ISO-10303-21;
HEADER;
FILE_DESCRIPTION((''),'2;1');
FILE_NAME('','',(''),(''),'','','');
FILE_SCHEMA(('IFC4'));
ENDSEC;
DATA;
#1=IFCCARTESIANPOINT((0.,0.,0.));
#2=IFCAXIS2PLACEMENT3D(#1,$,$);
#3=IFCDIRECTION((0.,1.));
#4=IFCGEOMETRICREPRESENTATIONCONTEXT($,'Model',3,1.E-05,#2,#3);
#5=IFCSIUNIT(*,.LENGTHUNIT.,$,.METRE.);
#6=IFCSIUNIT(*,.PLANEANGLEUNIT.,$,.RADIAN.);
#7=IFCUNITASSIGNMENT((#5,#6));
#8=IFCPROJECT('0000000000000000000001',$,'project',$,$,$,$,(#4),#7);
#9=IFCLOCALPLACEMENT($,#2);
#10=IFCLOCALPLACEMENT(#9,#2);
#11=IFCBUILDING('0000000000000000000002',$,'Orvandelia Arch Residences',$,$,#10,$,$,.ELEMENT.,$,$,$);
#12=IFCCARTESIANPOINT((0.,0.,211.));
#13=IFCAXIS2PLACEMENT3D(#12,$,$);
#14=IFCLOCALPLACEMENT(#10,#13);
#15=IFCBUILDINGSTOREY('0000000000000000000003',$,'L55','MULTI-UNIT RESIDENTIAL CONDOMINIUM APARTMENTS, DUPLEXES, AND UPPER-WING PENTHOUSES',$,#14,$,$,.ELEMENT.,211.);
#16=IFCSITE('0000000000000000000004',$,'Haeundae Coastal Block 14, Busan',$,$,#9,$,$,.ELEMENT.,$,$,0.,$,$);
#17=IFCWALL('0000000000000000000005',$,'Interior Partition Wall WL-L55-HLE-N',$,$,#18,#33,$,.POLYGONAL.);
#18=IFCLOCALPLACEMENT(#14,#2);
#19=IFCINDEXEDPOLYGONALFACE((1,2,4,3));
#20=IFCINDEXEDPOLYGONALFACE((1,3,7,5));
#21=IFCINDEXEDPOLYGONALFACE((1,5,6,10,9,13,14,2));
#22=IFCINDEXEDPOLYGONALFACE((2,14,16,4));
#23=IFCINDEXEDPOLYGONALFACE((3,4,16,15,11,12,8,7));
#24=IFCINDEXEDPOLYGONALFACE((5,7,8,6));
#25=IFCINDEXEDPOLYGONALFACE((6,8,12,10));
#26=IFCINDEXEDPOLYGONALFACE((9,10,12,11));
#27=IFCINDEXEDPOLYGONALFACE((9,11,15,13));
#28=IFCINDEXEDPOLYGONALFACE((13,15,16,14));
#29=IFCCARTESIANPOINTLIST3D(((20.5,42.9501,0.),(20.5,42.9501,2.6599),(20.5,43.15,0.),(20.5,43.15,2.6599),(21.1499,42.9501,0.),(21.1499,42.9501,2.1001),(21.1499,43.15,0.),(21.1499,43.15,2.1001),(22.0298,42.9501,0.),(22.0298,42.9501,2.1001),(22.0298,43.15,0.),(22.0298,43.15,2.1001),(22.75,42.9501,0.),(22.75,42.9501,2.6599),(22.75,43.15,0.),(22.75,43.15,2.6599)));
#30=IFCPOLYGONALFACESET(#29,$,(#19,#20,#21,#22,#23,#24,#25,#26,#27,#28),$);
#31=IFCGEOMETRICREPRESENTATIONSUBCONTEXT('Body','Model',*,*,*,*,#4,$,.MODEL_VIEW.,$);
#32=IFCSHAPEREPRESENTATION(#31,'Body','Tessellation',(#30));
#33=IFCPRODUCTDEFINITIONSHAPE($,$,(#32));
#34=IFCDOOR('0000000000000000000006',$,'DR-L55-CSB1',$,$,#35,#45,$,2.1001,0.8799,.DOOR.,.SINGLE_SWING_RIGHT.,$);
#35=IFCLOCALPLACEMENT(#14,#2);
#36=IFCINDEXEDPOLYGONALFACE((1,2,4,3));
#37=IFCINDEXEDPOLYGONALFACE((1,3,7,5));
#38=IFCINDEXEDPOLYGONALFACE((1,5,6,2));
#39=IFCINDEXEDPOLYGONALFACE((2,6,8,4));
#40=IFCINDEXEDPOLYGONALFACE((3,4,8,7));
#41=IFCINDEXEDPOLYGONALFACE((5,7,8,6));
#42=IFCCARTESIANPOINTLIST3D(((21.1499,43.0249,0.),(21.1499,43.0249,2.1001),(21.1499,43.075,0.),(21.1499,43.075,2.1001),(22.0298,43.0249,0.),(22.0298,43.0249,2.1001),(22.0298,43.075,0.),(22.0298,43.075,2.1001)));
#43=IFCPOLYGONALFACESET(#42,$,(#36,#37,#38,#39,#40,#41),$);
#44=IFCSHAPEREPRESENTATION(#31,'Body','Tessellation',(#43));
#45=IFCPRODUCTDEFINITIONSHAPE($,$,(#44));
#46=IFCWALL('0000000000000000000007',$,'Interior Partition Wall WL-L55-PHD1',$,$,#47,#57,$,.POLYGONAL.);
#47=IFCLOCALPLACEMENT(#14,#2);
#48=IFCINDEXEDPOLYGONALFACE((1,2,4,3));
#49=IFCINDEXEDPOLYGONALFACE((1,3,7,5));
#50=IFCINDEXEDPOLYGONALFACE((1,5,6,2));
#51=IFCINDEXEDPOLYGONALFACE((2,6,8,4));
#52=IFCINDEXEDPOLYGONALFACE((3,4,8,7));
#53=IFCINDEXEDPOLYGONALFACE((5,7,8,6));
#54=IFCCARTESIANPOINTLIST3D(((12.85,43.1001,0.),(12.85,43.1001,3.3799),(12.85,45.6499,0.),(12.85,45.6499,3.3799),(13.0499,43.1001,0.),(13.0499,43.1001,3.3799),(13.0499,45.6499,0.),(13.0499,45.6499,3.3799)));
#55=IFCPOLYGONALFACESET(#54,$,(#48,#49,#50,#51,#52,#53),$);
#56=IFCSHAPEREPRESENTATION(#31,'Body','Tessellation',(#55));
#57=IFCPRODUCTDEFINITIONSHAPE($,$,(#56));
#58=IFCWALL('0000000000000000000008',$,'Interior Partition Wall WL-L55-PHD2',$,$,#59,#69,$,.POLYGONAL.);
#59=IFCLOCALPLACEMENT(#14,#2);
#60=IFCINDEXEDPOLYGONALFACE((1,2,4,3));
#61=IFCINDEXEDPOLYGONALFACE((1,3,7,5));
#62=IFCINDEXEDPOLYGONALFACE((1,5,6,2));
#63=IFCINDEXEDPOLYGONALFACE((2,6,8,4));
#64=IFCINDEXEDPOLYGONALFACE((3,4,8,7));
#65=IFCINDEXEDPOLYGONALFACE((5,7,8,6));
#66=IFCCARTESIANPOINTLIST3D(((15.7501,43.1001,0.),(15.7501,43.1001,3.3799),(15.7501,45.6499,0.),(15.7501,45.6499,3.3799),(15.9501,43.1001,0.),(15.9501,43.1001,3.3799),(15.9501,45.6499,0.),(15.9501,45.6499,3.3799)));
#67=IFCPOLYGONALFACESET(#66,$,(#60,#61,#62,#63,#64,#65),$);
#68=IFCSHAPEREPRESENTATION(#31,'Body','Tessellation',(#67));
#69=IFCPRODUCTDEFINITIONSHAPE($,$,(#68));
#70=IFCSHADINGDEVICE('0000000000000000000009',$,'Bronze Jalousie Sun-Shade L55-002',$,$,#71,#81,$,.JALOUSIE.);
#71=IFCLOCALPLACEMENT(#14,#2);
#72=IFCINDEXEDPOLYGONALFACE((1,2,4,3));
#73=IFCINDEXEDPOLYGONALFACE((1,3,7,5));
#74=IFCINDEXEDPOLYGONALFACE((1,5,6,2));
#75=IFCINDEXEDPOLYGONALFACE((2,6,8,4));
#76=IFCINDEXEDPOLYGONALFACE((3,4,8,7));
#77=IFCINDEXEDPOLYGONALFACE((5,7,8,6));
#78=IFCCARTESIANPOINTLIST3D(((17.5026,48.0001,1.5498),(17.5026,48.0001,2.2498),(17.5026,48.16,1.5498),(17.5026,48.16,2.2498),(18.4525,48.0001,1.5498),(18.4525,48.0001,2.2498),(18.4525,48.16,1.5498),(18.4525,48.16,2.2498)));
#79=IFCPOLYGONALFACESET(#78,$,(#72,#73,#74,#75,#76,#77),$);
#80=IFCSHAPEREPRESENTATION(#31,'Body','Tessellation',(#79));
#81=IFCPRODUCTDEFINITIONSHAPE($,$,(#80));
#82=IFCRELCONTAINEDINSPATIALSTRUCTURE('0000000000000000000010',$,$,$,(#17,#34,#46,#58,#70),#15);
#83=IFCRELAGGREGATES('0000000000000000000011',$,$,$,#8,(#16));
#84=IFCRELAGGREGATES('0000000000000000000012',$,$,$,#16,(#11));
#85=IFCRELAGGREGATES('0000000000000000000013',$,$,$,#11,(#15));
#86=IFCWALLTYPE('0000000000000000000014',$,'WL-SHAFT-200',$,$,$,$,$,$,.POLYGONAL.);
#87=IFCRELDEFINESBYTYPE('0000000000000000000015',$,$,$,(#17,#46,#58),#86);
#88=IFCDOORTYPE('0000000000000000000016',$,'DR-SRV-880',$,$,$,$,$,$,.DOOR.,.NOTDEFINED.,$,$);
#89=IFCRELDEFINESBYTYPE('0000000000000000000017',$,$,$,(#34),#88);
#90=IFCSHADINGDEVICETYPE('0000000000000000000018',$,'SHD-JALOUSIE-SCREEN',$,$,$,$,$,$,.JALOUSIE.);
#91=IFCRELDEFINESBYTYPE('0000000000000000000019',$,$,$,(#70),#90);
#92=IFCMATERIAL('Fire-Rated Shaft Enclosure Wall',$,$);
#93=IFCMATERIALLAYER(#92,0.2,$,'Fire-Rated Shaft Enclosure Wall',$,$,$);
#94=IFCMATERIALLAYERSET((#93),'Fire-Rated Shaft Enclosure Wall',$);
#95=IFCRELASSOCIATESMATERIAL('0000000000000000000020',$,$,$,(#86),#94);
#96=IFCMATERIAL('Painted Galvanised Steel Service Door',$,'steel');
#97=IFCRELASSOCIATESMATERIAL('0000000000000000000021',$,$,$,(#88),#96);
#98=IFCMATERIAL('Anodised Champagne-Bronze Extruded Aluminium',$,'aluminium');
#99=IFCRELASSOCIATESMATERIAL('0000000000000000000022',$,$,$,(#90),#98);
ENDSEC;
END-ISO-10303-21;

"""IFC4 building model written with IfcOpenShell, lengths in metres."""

from ifc_helpers import new_model, si_unit, direction, frame, frame_2d, origin, origin_2d, place, context, subcontext, project, spatial, rectangle, extrude, material, layer, layer_set, type_object, element, fill, save


model = new_model("IFC4")

# Units and contexts
model_context = context("Model", 3, precision=1e-05, world=origin(), true_north=direction((0.0, 1.0)))
body_context = subcontext(model_context, "Body", "Model", "MODEL_VIEW")
ifc_project = project(units=[si_unit("LENGTHUNIT", "METRE"), si_unit("PLANEANGLEUNIT", "RADIAN")], contexts=[model_context])

# Site, building, storey
site_placement = place(None, origin())
site = spatial("IfcSite", under=ifc_project, at=site_placement, Name="Haeundae Coastal Block 14, Busan", CompositionType="ELEMENT", RefElevation=0.0)
building_placement = place(site_placement, origin())
building = spatial("IfcBuilding", under=site, at=building_placement, Name="Orvandelia Arch Residences", CompositionType="ELEMENT")
storey_placement = place(building_placement, frame((0.0, 0.0, 211.0)))
storey = spatial("IfcBuildingStorey", under=building, at=storey_placement, Name="L55", Description="MULTI-UNIT RESIDENTIAL CONDOMINIUM APARTMENTS, DUPLEXES, AND UPPER-WING PENTHOUSES", CompositionType="ELEMENT", Elevation=211.0)

# Shared definitions
ifc_material_1 = material(Name="Fire-Rated Shaft Enclosure Wall")
ifc_layer_1 = layer(ifc_material_1, 0.2, Name="Fire-Rated Shaft Enclosure Wall")
ifc_layer_set_1 = layer_set([ifc_layer_1], Name="Fire-Rated Shaft Enclosure Wall")
wall_type_1 = type_object("IfcWallType", Name="WL-SHAFT-200", PredefinedType="POLYGONAL", material=ifc_layer_set_1)

# Shared definitions
ifc_material_2 = material(Name="Painted Galvanised Steel Service Door", Category="steel")
door_type_1 = type_object("IfcDoorType", Name="DR-SRV-880", OperationType="NOTDEFINED", PredefinedType="DOOR", material=ifc_material_2)

# Wall, opening, door
wall_1_placement = place(storey_placement, frame((20.5, 43.05, 0.0), z_axis=(0.0, 0.0, 1.0), x_axis=(1.0, 0.0, 0.0)))
wall_1 = element("IfcWall", 1, at=wall_1_placement, inside=storey, type_object=wall_type_1, Name="Interior Partition Wall WL-L55-HLE-N", PredefinedType="POLYGONAL", context=body_context, shape_type="SweptSolid", body=[
    extrude(rectangle(XDim=2.25, YDim=0.2, at=frame_2d((1.125, 0.0))), origin(), (0.0, 0.0, 1.0), 2.6599),
])
opening_1_placement = place(wall_1_placement, frame((0.6499, 0.0, 0.0)))
opening_1 = element("IfcOpeningElement", 2, at=opening_1_placement, cuts=wall_1, PredefinedType="OPENING", context=body_context, shape_type="SweptSolid", body=[
    extrude(rectangle(XDim=0.8799, YDim=2.1001, at=frame_2d((0.4399, 1.05))), frame((0.0, 0.1099, 0.0), z_axis=(0.0, -1.0, 0.0), x_axis=(1.0, 0.0, 0.0)), (0.0, 0.0, 1.0), 0.22),
])
door_1_placement = place(opening_1_placement, origin())
door_1 = element("IfcDoor", 3, at=door_1_placement, inside=storey, type_object=door_type_1, Name="DR-L55-CSB1", OperationType="SINGLE_SWING_RIGHT", OverallHeight=2.1001, OverallWidth=0.8799, PredefinedType="DOOR", context=body_context, shape_type="SweptSolid", body=[
    extrude(rectangle(XDim=0.8799, YDim=2.1001, at=frame_2d((0.4399, 1.05))), frame((0.0, 0.0249, 0.0), z_axis=(0.0, -1.0, 0.0), x_axis=(1.0, 0.0, 0.0)), (0.0, 0.0, 1.0), 0.05),
])
fill(opening_1, door_1)

# Walls
for number, where, z_axis, x_axis, name in (
    (4, (12.95, 43.1001, 0.0), (0.0, 0.0, 1.0), (0.0, 1.0, 0.0), "Interior Partition Wall WL-L55-PHD1"),
    (5, (15.8501, 43.1001, 0.0), (0.0, 0.0, 1.0), (0.0, 1.0, 0.0), "Interior Partition Wall WL-L55-PHD2"),
):
    element("IfcWall", number, at=place(storey_placement, frame(where, z_axis=z_axis, x_axis=x_axis)), inside=storey, type_object=wall_type_1, Name=name, PredefinedType="POLYGONAL", context=body_context, shape_type="SweptSolid", body=[
        extrude(rectangle(XDim=2.5498, YDim=0.2, at=frame_2d((1.2749, 0.0))), origin(), (0.0, 0.0, 1.0), 3.3799),
    ])

# Shading device
ifc_material_3 = material(Name="Anodised Champagne-Bronze Extruded Aluminium", Category="aluminium")
shading_device_type = type_object("IfcShadingDeviceType", Name="SHD-JALOUSIE-SCREEN", PredefinedType="JALOUSIE", material=ifc_material_3)
shading_device_placement = place(storey_placement, frame((17.9775, 48.0801, 1.5498), z_axis=(0.0, 0.0, 1.0), x_axis=(1.0, 0.0, 0.0)))
element("IfcShadingDevice", 6, at=shading_device_placement, inside=storey, type_object=shading_device_type, Name="Bronze Jalousie Sun-Shade L55-002", PredefinedType="JALOUSIE", context=body_context, shape_type="SweptSolid", body=[
    extrude(rectangle(XDim=0.95, YDim=0.1599, at=origin_2d()), origin(), (0.0, 0.0, 1.0), 0.7),
])

save(model, "model.ifc")
